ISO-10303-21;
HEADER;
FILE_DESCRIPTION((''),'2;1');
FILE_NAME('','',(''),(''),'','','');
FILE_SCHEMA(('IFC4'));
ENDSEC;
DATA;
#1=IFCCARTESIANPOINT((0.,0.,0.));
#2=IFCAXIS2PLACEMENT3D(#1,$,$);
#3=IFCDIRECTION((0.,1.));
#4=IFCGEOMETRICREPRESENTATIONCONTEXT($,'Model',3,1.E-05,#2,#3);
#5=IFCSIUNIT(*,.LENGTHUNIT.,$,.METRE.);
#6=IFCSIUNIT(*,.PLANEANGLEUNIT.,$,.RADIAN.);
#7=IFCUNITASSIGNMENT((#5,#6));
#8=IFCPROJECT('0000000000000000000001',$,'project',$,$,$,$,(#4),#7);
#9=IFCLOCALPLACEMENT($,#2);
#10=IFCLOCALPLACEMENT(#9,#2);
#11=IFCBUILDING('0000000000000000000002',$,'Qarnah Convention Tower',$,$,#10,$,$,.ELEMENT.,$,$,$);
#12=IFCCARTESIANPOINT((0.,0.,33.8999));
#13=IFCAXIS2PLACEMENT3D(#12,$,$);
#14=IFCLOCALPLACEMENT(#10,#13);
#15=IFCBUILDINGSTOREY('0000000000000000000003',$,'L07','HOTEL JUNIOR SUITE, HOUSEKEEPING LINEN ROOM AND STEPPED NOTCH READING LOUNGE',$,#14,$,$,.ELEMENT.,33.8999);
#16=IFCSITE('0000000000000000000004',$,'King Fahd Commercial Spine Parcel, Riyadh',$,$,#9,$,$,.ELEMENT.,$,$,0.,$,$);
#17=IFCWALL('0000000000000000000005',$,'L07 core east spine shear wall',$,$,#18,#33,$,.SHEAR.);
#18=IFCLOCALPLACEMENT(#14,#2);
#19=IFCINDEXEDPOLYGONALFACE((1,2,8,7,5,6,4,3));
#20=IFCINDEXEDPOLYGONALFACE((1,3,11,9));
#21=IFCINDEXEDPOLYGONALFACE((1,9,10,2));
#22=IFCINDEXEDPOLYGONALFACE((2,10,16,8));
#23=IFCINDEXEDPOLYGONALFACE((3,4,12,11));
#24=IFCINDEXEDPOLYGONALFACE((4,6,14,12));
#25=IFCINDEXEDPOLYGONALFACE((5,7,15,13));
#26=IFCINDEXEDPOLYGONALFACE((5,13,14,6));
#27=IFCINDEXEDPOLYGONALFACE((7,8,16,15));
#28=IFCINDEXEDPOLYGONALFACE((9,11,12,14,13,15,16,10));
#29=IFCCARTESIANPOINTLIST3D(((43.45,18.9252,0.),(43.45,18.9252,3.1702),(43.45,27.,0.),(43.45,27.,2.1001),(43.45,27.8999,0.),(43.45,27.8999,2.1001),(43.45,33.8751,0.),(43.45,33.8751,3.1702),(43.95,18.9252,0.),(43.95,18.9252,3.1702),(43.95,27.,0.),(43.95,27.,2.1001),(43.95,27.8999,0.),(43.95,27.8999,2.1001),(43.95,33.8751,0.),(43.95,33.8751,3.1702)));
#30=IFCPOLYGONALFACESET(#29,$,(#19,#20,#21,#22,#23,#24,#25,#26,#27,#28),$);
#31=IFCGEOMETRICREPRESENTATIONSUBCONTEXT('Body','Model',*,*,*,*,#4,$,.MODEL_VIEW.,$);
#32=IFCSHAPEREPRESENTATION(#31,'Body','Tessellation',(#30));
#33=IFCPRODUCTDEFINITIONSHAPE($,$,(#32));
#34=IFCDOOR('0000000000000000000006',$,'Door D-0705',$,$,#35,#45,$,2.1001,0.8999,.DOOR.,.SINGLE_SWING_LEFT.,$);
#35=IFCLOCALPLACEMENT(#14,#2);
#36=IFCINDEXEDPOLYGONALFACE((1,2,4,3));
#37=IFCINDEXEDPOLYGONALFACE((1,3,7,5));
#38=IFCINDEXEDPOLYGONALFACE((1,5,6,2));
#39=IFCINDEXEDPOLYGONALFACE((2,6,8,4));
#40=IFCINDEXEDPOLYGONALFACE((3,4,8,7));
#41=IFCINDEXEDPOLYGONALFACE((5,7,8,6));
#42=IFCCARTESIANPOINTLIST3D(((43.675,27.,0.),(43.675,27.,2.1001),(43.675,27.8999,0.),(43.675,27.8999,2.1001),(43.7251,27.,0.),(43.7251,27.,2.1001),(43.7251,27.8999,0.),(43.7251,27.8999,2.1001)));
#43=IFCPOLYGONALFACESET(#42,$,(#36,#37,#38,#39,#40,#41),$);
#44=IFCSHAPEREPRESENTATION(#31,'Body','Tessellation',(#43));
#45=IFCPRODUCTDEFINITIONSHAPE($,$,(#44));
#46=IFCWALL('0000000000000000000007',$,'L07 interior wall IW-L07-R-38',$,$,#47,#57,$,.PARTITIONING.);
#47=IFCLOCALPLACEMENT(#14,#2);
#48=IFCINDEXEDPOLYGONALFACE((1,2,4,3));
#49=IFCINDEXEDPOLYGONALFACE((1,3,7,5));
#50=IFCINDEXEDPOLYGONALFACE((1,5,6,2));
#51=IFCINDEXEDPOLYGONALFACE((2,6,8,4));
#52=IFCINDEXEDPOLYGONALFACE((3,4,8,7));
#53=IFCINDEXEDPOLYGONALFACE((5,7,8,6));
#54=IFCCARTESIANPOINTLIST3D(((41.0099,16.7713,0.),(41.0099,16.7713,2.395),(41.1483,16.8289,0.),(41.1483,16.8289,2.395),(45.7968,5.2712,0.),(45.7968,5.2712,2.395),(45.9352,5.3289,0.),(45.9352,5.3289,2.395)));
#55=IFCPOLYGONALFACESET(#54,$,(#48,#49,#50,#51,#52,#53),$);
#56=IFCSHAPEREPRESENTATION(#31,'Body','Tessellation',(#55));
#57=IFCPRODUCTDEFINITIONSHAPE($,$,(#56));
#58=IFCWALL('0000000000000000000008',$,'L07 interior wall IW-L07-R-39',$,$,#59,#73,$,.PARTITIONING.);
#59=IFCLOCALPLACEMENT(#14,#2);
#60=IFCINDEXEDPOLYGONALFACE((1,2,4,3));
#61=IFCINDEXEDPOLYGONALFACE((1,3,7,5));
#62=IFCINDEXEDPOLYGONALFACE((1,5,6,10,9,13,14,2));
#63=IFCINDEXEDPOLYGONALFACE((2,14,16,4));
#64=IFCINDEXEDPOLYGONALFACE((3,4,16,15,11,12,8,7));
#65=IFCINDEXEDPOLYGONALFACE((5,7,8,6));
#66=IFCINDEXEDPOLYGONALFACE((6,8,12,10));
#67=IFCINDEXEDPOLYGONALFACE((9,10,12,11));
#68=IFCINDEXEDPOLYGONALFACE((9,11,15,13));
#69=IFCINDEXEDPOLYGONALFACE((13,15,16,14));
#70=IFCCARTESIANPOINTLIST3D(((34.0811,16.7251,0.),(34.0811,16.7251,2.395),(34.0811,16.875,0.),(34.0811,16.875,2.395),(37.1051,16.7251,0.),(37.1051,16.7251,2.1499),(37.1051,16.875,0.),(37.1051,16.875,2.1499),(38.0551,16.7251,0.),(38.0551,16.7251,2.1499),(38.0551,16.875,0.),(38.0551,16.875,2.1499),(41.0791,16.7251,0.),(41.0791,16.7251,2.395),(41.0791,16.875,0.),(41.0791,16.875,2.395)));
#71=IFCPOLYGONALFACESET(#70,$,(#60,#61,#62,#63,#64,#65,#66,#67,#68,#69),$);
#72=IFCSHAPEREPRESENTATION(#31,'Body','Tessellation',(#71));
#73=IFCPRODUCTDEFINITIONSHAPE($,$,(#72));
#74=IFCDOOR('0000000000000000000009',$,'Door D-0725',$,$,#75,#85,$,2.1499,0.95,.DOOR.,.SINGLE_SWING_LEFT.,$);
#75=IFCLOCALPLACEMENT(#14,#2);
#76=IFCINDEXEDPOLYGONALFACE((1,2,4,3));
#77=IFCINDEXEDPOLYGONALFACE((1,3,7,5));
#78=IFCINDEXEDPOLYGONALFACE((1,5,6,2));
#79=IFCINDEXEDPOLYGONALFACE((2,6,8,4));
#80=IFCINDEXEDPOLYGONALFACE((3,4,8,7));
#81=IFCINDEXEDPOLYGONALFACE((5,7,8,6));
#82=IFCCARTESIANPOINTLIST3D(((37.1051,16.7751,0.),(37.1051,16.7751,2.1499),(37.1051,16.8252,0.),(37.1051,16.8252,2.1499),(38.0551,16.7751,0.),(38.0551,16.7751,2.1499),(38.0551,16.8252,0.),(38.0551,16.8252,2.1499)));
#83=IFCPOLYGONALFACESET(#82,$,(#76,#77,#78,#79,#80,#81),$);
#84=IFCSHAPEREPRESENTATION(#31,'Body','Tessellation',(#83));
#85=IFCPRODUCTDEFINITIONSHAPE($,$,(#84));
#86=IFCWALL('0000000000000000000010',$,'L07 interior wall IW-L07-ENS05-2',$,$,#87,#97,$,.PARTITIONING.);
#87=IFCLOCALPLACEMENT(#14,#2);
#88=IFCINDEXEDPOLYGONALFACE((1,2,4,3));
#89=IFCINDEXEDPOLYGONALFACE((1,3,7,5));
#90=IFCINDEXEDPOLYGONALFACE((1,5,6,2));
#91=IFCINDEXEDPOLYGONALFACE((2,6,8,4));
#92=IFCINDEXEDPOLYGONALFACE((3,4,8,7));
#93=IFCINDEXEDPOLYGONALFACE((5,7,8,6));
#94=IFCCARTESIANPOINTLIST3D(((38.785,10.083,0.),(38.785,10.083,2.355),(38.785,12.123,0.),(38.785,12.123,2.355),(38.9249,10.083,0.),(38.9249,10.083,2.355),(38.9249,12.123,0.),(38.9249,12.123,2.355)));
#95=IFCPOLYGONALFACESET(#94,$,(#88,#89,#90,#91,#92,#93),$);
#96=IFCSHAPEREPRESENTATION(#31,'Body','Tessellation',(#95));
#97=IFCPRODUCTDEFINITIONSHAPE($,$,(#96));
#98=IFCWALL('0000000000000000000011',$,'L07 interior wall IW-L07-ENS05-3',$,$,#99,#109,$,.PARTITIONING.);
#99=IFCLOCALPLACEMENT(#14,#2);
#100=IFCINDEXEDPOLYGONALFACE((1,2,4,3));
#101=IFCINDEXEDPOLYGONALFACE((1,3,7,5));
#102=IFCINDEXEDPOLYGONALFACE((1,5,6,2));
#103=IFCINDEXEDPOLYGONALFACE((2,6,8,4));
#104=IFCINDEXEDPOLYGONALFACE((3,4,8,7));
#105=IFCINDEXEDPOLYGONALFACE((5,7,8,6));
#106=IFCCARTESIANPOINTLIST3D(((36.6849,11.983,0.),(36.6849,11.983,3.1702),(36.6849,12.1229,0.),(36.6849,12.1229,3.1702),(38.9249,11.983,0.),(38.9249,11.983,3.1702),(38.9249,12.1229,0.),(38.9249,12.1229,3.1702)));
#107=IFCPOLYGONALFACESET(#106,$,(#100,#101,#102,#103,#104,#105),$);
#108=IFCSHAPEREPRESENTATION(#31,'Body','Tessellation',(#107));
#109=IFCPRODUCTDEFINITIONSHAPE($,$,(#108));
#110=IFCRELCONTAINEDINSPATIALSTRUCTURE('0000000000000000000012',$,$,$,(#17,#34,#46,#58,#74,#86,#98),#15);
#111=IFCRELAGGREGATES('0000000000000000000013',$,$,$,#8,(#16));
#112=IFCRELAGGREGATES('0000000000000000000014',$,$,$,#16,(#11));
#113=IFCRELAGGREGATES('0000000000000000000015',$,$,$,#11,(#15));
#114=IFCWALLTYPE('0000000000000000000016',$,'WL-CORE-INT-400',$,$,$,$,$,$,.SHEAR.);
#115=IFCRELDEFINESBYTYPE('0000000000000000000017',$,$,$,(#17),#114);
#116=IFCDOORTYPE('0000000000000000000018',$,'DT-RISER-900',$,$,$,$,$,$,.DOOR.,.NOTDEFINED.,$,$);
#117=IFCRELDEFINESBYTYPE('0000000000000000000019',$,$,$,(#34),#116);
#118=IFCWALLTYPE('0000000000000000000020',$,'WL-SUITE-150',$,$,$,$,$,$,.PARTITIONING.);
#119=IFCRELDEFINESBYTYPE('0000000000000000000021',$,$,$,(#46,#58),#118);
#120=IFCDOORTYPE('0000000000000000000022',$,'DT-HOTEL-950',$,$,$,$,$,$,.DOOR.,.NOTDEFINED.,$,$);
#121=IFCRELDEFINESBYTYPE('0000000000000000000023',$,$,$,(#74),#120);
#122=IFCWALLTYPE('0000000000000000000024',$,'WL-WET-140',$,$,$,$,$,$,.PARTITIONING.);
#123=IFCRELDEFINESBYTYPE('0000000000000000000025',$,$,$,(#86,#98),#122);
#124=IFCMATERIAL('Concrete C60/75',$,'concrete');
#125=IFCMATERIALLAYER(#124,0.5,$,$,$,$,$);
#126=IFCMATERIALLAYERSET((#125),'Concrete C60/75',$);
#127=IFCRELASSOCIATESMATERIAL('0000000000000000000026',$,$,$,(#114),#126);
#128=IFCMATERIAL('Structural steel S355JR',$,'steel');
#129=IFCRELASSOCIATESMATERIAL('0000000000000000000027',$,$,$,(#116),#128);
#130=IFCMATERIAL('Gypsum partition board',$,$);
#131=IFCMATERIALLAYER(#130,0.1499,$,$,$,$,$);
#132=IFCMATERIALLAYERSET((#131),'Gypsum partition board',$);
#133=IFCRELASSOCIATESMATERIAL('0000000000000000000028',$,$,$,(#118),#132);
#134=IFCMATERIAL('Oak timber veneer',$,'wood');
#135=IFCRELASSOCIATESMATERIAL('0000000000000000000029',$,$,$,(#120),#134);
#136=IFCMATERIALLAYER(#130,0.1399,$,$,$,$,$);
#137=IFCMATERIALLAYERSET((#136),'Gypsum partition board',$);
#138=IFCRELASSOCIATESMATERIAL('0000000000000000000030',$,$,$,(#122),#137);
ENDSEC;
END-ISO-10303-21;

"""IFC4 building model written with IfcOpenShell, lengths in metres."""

from ifc_helpers import new_model, si_unit, direction, frame, frame_2d, origin, place, context, subcontext, project, spatial, rectangle, extrude, material, layer, layer_set, type_object, element, fill, save


model = new_model("IFC4")

# Units and contexts
model_context = context("Model", 3, precision=1e-05, world=origin(), true_north=direction((0.0, 1.0)))
body_context = subcontext(model_context, "Body", "Model", "MODEL_VIEW")
ifc_project = project(units=[si_unit("LENGTHUNIT", "METRE"), si_unit("PLANEANGLEUNIT", "RADIAN")], contexts=[model_context])

# Site, building, storey
site_placement = place(None, origin())
site = spatial("IfcSite", under=ifc_project, at=site_placement, Name="King Fahd Commercial Spine Parcel, Riyadh", CompositionType="ELEMENT", RefElevation=0.0)
building_placement = place(site_placement, origin())
building = spatial("IfcBuilding", under=site, at=building_placement, Name="Qarnah Convention Tower", CompositionType="ELEMENT")
storey_placement = place(building_placement, frame((0.0, 0.0, 33.8999)))
storey = spatial("IfcBuildingStorey", under=building, at=storey_placement, Name="L07", Description="HOTEL JUNIOR SUITE, HOUSEKEEPING LINEN ROOM AND STEPPED NOTCH READING LOUNGE", CompositionType="ELEMENT", Elevation=33.8999)

# Shared definitions
ifc_material_1 = material(Name="Concrete C60/75", Category="concrete")

# Shared definitions
ifc_material_2 = material(Name="Structural steel S355JR", Category="steel")

# Wall, opening, door
ifc_layer_1 = layer(ifc_material_1, 0.5)
ifc_layer_set_1 = layer_set([ifc_layer_1], Name="Concrete C60/75")
wall_type_1 = type_object("IfcWallType", Name="WL-CORE-INT-400", PredefinedType="SHEAR", material=ifc_layer_set_1)
wall_1_placement = place(storey_placement, frame((43.7, 18.925, 0.0), z_axis=(0.0, 0.0, 1.0), x_axis=(0.0, 1.0, 0.0)))
wall_1 = element("IfcWall", 1, at=wall_1_placement, inside=storey, type_object=wall_type_1, Name="L07 core east spine shear wall", PredefinedType="SHEAR", context=body_context, shape_type="SweptSolid", body=[
    extrude(rectangle(XDim=14.95, YDim=0.5, at=frame_2d((7.4751, 0.0))), origin(), (0.0, 0.0, 1.0), 3.1702),
])
opening_1_placement = place(wall_1_placement, frame((8.075, 0.0, 0.0)))
opening_1 = element("IfcOpeningElement", 2, at=opening_1_placement, cuts=wall_1, PredefinedType="OPENING", context=body_context, shape_type="SweptSolid", body=[
    extrude(rectangle(XDim=0.8999, YDim=2.1001, at=frame_2d((0.45, 1.05))), frame((0.0, 0.26, 0.0), z_axis=(0.0, -1.0, 0.0), x_axis=(1.0, 0.0, 0.0)), (0.0, 0.0, 1.0), 0.52),
])
door_type_1 = type_object("IfcDoorType", Name="DT-RISER-900", OperationType="NOTDEFINED", PredefinedType="DOOR", material=ifc_material_2)
door_1_placement = place(opening_1_placement, origin())
door_1 = element("IfcDoor", 3, at=door_1_placement, inside=storey, type_object=door_type_1, Name="Door D-0705", OperationType="SINGLE_SWING_LEFT", OverallHeight=2.1001, OverallWidth=0.8999, PredefinedType="DOOR", context=body_context, shape_type="SweptSolid", body=[
    extrude(rectangle(XDim=0.8999, YDim=2.1001, at=frame_2d((0.45, 1.05))), frame((0.0, 0.0249, 0.0), z_axis=(0.0, -1.0, 0.0), x_axis=(1.0, 0.0, 0.0)), (0.0, 0.0, 1.0), 0.05),
])
fill(opening_1, door_1)

# Wall
ifc_material_3 = material(Name="Gypsum partition board")
ifc_layer_2 = layer(ifc_material_3, 0.1499)
ifc_layer_set_2 = layer_set([ifc_layer_2], Name="Gypsum partition board")
wall_type_2 = type_object("IfcWallType", Name="WL-SUITE-150", PredefinedType="PARTITIONING", material=ifc_layer_set_2)
wall_2_placement = place(storey_placement, frame((45.866, 5.3, 0.0), z_axis=(0.0, 0.0, 1.0), x_axis=(-0.384287, 0.923214, 0.0)))
element("IfcWall", 4, at=wall_2_placement, inside=storey, type_object=wall_type_2, Name="L07 interior wall IW-L07-R-38", PredefinedType="PARTITIONING", context=body_context, shape_type="SweptSolid", body=[
    extrude(rectangle(XDim=12.4565, YDim=0.1499, at=frame_2d((6.2283, 0.0))), origin(), (0.0, 0.0, 1.0), 2.395),
])

# Wall, opening, door
wall_3_placement = place(storey_placement, frame((41.0791, 16.8, 0.0), z_axis=(0.0, 0.0, 1.0), x_axis=(-1.0, 0.0, 0.0)))
wall_3 = element("IfcWall", 5, at=wall_3_placement, inside=storey, type_object=wall_type_2, Name="L07 interior wall IW-L07-R-39", PredefinedType="PARTITIONING", context=body_context, shape_type="SweptSolid", body=[
    extrude(rectangle(XDim=6.998, YDim=0.1499, at=frame_2d((3.499, 0.0))), origin(), (0.0, 0.0, 1.0), 2.395),
])
opening_2_placement = place(wall_3_placement, frame((3.0239, 0.0, 0.0)))
opening_2 = element("IfcOpeningElement", 6, at=opening_2_placement, cuts=wall_3, PredefinedType="OPENING", context=body_context, shape_type="SweptSolid", body=[
    extrude(rectangle(XDim=0.95, YDim=2.1499, at=frame_2d((0.4751, 1.075))), frame((0.0, 0.085, 0.0), z_axis=(0.0, -1.0, 0.0), x_axis=(1.0, 0.0, 0.0)), (0.0, 0.0, 1.0), 0.1699),
])
ifc_material_4 = material(Name="Oak timber veneer", Category="wood")
door_type_2 = type_object("IfcDoorType", Name="DT-HOTEL-950", OperationType="NOTDEFINED", PredefinedType="DOOR", material=ifc_material_4)
door_2_placement = place(opening_2_placement, origin())
door_2 = element("IfcDoor", 7, at=door_2_placement, inside=storey, type_object=door_type_2, Name="Door D-0725", OperationType="SINGLE_SWING_LEFT", OverallHeight=2.1499, OverallWidth=0.95, PredefinedType="DOOR", context=body_context, shape_type="SweptSolid", body=[
    extrude(rectangle(XDim=0.95, YDim=2.1499, at=frame_2d((0.4751, 1.075))), frame((0.0, 0.0249, 0.0), z_axis=(0.0, -1.0, 0.0), x_axis=(1.0, 0.0, 0.0)), (0.0, 0.0, 1.0), 0.05),
])
fill(opening_2, door_2)

# Walls
ifc_layer_3 = layer(ifc_material_3, 0.1399)
ifc_layer_set_3 = layer_set([ifc_layer_3], Name="Gypsum partition board")
wall_type_3 = type_object("IfcWallType", Name="WL-WET-140", PredefinedType="PARTITIONING", material=ifc_layer_set_3)
wall_4_placement = place(storey_placement, frame((38.855, 10.083, 0.0), z_axis=(0.0, 0.0, 1.0), x_axis=(0.0, 1.0, 0.0)))
element("IfcWall", 8, at=wall_4_placement, inside=storey, type_object=wall_type_3, Name="L07 interior wall IW-L07-ENS05-2", PredefinedType="PARTITIONING", context=body_context, shape_type="SweptSolid", body=[
    extrude(rectangle(XDim=2.04, YDim=0.1399, at=frame_2d((1.02, 0.0))), origin(), (0.0, 0.0, 1.0), 2.355),
])
wall_5_placement = place(storey_placement, frame((38.925, 12.053, 0.0), z_axis=(0.0, 0.0, 1.0), x_axis=(-1.0, 0.0, 0.0)))
element("IfcWall", 9, at=wall_5_placement, inside=storey, type_object=wall_type_3, Name="L07 interior wall IW-L07-ENS05-3", PredefinedType="PARTITIONING", context=body_context, shape_type="SweptSolid", body=[
    extrude(rectangle(XDim=2.24, YDim=0.1399, at=frame_2d((1.1201, 0.0))), origin(), (0.0, 0.0, 1.0), 3.1702),
])

save(model, "model.ifc")
